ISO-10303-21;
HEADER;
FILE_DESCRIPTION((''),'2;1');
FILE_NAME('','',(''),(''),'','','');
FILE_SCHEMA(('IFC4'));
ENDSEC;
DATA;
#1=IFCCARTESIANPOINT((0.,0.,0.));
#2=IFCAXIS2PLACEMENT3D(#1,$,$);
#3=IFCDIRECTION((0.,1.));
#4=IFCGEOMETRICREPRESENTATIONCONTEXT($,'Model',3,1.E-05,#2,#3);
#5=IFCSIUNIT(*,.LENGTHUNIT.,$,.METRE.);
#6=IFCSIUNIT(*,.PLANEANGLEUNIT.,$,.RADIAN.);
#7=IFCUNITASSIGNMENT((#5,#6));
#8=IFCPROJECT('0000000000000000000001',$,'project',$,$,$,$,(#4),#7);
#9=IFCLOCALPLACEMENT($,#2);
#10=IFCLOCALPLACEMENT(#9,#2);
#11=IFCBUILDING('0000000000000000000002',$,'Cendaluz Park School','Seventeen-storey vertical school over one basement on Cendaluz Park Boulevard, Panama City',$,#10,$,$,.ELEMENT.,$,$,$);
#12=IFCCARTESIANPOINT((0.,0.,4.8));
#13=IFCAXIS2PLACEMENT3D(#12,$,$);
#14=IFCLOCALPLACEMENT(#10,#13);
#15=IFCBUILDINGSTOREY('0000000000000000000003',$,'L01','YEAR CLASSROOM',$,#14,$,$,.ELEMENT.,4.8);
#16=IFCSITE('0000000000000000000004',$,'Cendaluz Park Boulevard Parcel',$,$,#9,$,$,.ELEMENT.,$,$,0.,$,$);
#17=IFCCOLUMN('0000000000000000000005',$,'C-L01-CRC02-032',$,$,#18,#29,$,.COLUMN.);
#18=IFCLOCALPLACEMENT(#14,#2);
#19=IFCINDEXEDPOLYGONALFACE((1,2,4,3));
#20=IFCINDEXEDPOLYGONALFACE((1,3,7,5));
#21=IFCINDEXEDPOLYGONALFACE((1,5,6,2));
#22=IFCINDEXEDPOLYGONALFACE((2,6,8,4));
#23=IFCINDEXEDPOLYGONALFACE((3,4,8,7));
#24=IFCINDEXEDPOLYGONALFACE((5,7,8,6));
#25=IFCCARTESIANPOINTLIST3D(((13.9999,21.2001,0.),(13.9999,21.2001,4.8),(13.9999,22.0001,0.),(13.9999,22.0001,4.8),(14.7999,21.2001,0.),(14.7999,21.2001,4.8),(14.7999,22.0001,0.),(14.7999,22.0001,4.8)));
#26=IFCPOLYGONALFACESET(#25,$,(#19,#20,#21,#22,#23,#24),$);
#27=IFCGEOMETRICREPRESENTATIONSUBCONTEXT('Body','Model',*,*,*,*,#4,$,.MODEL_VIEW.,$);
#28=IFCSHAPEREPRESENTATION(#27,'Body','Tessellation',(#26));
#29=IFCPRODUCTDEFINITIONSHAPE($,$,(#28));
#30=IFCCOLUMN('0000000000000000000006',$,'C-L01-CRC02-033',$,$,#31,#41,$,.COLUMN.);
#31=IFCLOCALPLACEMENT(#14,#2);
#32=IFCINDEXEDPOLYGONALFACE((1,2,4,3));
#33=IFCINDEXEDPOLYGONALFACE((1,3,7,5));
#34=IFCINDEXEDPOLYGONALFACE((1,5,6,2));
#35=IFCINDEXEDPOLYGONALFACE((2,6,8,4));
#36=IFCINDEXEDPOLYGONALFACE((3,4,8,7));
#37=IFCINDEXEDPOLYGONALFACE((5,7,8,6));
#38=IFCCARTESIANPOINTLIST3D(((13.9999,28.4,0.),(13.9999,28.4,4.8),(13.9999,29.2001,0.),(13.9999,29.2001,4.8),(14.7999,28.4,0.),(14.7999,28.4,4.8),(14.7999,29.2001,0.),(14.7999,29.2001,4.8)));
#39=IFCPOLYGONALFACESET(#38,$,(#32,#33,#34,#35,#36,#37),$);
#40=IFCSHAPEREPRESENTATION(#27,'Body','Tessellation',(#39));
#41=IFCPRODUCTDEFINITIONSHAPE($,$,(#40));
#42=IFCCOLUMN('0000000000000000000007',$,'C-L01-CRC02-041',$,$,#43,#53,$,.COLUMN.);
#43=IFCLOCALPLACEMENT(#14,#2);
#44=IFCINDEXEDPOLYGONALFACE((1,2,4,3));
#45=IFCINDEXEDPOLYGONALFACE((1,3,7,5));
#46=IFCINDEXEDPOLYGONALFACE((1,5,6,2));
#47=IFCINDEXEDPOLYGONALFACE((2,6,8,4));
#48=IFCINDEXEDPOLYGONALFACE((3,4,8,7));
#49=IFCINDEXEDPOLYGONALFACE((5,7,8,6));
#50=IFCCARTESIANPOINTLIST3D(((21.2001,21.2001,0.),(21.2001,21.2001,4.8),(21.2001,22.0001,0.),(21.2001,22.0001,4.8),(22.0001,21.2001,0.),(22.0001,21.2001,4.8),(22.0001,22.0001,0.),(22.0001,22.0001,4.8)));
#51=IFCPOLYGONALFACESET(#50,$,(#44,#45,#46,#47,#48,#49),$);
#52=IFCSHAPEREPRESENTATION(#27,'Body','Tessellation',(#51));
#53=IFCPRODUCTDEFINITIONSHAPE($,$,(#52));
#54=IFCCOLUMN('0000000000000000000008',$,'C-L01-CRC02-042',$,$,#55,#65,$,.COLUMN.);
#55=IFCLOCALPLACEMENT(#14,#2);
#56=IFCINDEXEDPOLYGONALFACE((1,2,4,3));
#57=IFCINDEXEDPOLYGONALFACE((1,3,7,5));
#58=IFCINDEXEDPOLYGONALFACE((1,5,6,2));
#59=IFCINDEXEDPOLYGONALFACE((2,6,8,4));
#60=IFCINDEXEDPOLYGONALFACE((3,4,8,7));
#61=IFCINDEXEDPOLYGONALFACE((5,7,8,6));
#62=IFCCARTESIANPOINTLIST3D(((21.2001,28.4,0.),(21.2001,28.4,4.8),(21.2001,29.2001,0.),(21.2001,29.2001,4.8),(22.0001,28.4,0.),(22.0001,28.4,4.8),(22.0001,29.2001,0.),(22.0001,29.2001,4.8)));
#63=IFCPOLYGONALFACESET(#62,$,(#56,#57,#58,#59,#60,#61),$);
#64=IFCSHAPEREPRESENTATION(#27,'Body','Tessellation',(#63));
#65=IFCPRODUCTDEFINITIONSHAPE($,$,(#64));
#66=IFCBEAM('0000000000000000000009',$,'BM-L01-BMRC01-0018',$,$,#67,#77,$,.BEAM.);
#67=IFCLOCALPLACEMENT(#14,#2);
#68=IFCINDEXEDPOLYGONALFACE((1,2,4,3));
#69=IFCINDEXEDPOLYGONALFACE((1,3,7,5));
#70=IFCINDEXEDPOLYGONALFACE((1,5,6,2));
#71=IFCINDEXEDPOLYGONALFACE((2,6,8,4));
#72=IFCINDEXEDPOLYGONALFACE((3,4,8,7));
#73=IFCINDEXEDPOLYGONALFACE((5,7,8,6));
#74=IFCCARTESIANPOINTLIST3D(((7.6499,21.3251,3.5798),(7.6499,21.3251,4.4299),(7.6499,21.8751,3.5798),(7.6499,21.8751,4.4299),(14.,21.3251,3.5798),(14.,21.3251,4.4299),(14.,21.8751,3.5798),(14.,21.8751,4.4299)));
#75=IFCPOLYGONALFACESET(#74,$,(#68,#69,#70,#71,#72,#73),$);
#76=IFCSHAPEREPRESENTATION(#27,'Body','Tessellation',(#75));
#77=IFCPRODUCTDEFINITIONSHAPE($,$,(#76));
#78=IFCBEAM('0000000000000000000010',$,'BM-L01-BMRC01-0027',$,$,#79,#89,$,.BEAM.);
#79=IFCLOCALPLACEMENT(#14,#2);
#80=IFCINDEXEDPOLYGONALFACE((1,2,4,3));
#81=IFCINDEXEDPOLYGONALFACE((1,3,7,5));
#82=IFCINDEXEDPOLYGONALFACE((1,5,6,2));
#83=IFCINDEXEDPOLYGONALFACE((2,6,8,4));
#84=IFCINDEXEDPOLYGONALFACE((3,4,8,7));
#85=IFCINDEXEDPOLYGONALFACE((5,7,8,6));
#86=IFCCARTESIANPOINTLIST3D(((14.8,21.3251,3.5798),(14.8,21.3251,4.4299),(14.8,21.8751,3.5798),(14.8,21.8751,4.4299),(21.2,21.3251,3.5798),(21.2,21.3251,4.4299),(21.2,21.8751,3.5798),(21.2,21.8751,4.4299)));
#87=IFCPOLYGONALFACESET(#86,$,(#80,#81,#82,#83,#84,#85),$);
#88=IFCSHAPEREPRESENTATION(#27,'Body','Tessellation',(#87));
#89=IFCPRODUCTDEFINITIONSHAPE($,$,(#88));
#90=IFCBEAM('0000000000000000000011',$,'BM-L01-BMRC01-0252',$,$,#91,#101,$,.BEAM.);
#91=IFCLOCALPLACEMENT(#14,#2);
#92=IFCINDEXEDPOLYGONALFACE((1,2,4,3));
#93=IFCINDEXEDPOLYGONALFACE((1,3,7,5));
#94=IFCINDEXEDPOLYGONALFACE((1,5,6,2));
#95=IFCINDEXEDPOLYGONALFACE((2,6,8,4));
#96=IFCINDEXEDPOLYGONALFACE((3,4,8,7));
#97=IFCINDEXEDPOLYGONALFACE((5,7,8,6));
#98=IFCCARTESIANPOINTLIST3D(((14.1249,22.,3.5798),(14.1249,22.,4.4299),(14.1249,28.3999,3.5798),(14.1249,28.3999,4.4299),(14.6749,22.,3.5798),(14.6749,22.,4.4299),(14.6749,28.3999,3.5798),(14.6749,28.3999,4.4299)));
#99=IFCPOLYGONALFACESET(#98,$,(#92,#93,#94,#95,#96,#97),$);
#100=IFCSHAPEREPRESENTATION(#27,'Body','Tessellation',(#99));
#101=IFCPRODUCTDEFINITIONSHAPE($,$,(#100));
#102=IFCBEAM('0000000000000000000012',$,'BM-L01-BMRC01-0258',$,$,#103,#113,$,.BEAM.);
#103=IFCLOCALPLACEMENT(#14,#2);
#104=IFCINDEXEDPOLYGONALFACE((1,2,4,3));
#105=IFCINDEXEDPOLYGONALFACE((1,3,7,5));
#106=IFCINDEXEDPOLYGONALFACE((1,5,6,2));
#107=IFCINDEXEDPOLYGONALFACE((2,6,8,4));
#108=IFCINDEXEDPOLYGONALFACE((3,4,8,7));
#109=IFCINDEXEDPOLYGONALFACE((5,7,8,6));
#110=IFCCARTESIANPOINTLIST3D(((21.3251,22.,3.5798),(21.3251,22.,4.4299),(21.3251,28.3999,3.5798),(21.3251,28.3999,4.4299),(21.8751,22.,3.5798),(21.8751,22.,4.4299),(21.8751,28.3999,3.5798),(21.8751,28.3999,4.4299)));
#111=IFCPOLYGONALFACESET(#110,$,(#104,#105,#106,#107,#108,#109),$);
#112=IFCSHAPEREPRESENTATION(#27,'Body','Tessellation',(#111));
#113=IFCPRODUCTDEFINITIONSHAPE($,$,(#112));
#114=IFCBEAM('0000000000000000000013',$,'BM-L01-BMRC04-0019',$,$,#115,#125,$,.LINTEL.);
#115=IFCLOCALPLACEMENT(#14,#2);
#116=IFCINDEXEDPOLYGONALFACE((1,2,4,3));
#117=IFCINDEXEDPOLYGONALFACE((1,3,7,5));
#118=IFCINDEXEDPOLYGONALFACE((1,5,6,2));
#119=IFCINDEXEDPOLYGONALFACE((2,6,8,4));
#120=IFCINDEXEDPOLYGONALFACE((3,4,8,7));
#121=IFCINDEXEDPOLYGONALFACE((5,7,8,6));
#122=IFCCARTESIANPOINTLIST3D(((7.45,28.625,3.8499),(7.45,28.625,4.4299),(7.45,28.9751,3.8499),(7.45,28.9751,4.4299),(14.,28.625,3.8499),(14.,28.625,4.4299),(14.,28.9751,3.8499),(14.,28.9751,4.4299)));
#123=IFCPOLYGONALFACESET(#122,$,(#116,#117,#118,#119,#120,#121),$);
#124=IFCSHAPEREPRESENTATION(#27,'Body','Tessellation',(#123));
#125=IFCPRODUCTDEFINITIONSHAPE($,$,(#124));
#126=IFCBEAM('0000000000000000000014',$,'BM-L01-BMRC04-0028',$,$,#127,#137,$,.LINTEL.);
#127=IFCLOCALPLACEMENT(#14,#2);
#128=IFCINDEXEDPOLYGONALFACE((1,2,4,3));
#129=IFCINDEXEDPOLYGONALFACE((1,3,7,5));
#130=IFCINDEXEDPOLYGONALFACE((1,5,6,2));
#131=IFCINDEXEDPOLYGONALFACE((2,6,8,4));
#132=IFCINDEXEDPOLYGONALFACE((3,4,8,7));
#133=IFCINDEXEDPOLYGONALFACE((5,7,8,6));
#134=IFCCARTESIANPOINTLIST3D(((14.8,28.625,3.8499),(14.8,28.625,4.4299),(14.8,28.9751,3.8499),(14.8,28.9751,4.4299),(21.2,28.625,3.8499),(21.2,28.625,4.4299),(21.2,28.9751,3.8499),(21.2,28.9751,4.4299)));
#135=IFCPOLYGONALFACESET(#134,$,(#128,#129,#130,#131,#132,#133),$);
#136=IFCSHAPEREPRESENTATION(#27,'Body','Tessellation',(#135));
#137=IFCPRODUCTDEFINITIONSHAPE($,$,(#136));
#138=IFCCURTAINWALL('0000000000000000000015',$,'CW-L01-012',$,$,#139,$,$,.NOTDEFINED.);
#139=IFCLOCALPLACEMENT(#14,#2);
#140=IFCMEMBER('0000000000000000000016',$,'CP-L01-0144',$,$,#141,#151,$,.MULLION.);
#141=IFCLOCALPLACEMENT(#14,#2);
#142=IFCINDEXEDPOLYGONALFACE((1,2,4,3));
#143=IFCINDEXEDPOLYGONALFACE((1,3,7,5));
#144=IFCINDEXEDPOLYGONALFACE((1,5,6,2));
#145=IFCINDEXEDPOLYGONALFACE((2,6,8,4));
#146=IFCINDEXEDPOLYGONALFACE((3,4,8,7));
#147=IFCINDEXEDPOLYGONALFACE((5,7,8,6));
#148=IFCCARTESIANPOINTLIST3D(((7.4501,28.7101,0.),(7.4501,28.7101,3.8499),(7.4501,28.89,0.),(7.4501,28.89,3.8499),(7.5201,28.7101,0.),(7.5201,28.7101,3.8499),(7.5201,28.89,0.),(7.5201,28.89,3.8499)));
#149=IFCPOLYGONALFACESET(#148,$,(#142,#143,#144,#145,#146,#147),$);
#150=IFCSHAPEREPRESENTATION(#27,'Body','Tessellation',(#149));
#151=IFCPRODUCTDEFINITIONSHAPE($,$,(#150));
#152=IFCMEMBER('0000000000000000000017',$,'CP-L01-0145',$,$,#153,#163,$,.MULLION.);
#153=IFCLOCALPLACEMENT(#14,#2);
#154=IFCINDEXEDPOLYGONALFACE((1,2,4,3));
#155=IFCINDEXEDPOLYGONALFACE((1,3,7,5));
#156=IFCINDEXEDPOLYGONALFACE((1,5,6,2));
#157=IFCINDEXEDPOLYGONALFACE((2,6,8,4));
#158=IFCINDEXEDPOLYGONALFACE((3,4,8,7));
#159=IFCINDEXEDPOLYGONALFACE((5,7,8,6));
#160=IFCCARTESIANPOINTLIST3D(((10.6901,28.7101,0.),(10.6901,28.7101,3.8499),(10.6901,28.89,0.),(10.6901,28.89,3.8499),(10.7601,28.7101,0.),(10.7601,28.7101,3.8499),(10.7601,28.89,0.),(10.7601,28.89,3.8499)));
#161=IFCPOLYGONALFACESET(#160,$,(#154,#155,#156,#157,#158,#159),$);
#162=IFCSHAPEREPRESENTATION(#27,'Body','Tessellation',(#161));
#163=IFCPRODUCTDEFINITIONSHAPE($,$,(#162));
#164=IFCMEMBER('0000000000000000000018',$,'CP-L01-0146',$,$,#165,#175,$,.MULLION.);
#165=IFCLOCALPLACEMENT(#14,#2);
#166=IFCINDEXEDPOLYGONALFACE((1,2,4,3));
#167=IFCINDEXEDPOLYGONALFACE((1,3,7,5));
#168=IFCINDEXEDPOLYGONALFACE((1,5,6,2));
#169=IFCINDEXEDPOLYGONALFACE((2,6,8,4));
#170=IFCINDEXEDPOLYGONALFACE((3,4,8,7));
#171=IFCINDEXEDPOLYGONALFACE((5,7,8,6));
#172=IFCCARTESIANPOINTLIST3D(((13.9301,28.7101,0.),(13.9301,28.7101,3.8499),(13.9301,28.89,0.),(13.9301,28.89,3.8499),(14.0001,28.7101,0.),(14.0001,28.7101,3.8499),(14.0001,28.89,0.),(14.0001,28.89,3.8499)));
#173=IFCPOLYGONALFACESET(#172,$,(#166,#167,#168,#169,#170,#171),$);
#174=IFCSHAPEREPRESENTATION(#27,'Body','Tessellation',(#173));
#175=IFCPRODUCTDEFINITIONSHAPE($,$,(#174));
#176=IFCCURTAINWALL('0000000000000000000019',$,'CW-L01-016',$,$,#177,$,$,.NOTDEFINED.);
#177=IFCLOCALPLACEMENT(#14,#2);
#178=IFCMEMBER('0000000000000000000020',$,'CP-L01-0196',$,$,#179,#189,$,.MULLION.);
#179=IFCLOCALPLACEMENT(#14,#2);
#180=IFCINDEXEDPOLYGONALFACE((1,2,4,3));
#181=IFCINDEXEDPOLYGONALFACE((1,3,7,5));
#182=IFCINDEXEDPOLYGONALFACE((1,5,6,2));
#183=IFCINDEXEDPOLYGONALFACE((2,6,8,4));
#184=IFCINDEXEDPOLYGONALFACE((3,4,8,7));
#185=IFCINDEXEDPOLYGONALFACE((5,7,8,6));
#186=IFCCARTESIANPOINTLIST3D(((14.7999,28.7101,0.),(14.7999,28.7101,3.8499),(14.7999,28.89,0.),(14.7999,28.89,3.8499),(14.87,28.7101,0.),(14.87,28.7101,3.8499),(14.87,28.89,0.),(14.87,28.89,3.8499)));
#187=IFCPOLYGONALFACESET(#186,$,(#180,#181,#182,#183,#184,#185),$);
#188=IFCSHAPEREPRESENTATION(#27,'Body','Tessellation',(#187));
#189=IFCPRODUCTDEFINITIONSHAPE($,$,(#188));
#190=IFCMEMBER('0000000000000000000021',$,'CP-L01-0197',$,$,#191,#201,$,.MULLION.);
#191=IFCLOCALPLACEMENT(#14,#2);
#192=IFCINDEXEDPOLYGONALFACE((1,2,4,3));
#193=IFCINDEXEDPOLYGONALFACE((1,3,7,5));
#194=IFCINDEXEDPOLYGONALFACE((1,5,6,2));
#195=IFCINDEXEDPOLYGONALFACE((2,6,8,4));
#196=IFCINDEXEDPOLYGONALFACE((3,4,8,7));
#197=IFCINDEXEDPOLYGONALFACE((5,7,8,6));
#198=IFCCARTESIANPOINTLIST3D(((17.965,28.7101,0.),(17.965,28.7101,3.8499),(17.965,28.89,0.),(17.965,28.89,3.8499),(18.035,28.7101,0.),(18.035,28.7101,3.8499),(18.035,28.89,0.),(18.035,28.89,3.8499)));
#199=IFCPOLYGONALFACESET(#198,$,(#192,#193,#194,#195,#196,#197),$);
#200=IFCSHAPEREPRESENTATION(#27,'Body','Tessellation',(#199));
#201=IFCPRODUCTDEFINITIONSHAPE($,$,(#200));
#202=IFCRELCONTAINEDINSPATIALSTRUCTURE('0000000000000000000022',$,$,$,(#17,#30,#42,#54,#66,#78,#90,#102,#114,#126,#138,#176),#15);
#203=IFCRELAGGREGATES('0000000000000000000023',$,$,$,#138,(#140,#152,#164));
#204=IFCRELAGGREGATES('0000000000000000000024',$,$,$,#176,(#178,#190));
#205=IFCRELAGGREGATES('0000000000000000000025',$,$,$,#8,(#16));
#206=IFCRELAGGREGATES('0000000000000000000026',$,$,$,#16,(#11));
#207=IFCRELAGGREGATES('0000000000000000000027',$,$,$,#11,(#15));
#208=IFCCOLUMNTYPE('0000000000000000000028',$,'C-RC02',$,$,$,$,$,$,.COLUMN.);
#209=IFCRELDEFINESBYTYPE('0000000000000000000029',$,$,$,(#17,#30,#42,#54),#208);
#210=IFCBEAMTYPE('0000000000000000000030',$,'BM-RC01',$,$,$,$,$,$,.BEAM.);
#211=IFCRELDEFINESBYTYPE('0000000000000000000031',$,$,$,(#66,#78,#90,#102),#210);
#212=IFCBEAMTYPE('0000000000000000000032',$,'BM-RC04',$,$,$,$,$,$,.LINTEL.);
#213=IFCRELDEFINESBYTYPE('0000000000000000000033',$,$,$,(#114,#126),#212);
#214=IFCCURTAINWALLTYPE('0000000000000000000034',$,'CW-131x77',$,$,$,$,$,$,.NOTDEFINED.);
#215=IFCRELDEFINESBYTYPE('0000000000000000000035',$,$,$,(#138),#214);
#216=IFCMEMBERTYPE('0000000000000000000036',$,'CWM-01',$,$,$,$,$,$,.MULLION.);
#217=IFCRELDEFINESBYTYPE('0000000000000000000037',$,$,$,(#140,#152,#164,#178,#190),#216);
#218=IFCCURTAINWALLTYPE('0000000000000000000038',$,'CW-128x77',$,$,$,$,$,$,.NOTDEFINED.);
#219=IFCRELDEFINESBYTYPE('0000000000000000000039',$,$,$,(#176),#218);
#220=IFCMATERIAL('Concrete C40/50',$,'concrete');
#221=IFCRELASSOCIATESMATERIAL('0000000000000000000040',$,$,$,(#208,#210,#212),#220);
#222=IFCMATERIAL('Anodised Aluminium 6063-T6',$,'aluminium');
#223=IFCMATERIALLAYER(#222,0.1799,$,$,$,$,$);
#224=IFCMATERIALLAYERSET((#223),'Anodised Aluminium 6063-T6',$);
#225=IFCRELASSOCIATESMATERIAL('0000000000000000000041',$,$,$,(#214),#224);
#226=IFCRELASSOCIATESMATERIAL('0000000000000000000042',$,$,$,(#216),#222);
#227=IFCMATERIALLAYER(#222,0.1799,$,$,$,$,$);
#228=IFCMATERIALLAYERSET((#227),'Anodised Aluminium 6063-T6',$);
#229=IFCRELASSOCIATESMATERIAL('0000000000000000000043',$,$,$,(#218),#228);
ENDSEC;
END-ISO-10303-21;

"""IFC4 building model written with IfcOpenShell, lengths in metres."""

from ifc_helpers import new_model, si_unit, direction, frame, origin, origin_2d, place, context, subcontext, project, spatial, rectangle, extrude, material, layer, layer_set, material_profile, profile_set, type_object, element, aggregate, save


model = new_model("IFC4")

# Units and contexts
model_context = context("Model", 3, precision=1e-05, world=origin(), true_north=direction((0.0, 1.0)))
body_context = subcontext(model_context, "Body", "Model", "MODEL_VIEW")
ifc_project = project(units=[si_unit("LENGTHUNIT", "METRE"), si_unit("PLANEANGLEUNIT", "RADIAN")], contexts=[model_context])

# Site, building, storey
site_placement = place(None, origin())
site = spatial("IfcSite", under=ifc_project, at=site_placement, Name="Cendaluz Park Boulevard Parcel", CompositionType="ELEMENT", RefElevation=0.0)
building_placement = place(site_placement, origin())
building = spatial("IfcBuilding", under=site, at=building_placement, Name="Cendaluz Park School", Description="Seventeen-storey vertical school over one basement on Cendaluz Park Boulevard, Panama City", CompositionType="ELEMENT")
storey_placement = place(building_placement, frame((0.0, 0.0, 4.8)))
storey = spatial("IfcBuildingStorey", under=building, at=storey_placement, Name="L01", Description="YEAR CLASSROOM", CompositionType="ELEMENT", Elevation=4.8)

# Columns
ifc_material_1 = material(Name="Concrete C40/50", Category="concrete")
ifc_material_profile_1 = material_profile(ifc_material_1, rectangle(XDim=0.8, YDim=0.8, at=origin_2d()), Name="RC 800x800", Category="concrete")
ifc_profile_set_1 = profile_set([ifc_material_profile_1], Name="Concrete C40/50")
column_type = type_object("IfcColumnType", Name="C-RC02", PredefinedType="COLUMN", material=ifc_profile_set_1)
for number, where, z_axis, x_axis, name in (
    (1, (14.3999, 21.6001, 0.0), (0.0, 0.0, 1.0), (1.0, 0.0, 0.0), "C-L01-CRC02-032"),
    (2, (14.3999, 28.8, 0.0), (0.0, 0.0, 1.0), (1.0, 0.0, 0.0), "C-L01-CRC02-033"),
    (3, (21.6001, 21.6001, 0.0), (0.0, 0.0, 1.0), (1.0, 0.0, 0.0), "C-L01-CRC02-041"),
    (4, (21.6001, 28.8, 0.0), (0.0, 0.0, 1.0), (1.0, 0.0, 0.0), "C-L01-CRC02-042"),
):
    element("IfcColumn", number, at=place(storey_placement, frame(where, z_axis=z_axis, x_axis=x_axis)), inside=storey, type_object=column_type, Name=name, PredefinedType="COLUMN", context=body_context, shape_type="SweptSolid", body=[
        extrude(rectangle(XDim=0.8, YDim=0.8, at=origin_2d()), origin(), (0.0, 0.0, 1.0), 4.8),
    ])

# Beams
ifc_material_profile_2 = material_profile(ifc_material_1, rectangle(XDim=0.55, YDim=0.8501, at=origin_2d()), Name="RC 550x850", Category="concrete")
ifc_profile_set_2 = profile_set([ifc_material_profile_2], Name="Concrete C40/50")
beam_type_1 = type_object("IfcBeamType", Name="BM-RC01", PredefinedType="BEAM", material=ifc_profile_set_2)
beam_1_placement = place(storey_placement, frame((7.6499, 21.6001, 4.0049), z_axis=(1.0, 0.0, 0.0), x_axis=(0.0, 1.0, 0.0)))
element("IfcBeam", 5, at=beam_1_placement, inside=storey, type_object=beam_type_1, Name="BM-L01-BMRC01-0018", PredefinedType="BEAM", context=body_context, shape_type="SweptSolid", body=[
    extrude(rectangle(XDim=0.55, YDim=0.8501, at=origin_2d()), origin(), (0.0, 0.0, 1.0), 6.3501),
])
for number, where, z_axis, x_axis, name in (
    (6, (14.8, 21.6001, 4.0049), (1.0, 0.0, 0.0), (0.0, 1.0, 0.0), "BM-L01-BMRC01-0027"),
    (7, (14.3999, 22.0, 4.0049), (0.0, 1.0, 0.0), (-1.0, 0.0, 0.0), "BM-L01-BMRC01-0252"),
    (8, (21.6001, 22.0, 4.0049), (0.0, 1.0, 0.0), (-1.0, 0.0, 0.0), "BM-L01-BMRC01-0258"),
):
    element("IfcBeam", number, at=place(storey_placement, frame(where, z_axis=z_axis, x_axis=x_axis)), inside=storey, type_object=beam_type_1, Name=name, PredefinedType="BEAM", context=body_context, shape_type="SweptSolid", body=[
        extrude(rectangle(XDim=0.55, YDim=0.8501, at=origin_2d()), origin(), (0.0, 0.0, 1.0), 6.3999),
    ])
ifc_material_profile_3 = material_profile(ifc_material_1, rectangle(XDim=0.3501, YDim=0.5801, at=origin_2d()), Name="RC 350x580", Category="concrete")
ifc_profile_set_3 = profile_set([ifc_material_profile_3], Name="Concrete C40/50")
beam_type_2 = type_object("IfcBeamType", Name="BM-RC04", PredefinedType="LINTEL", material=ifc_profile_set_3)
beam_2_placement = place(storey_placement, frame((7.45, 28.8, 4.1399), z_axis=(1.0, 0.0, 0.0), x_axis=(0.0, 1.0, 0.0)))
element("IfcBeam", 9, at=beam_2_placement, inside=storey, type_object=beam_type_2, Name="BM-L01-BMRC04-0019", PredefinedType="LINTEL", context=body_context, shape_type="SweptSolid", body=[
    extrude(rectangle(XDim=0.3501, YDim=0.5801, at=origin_2d()), origin(), (0.0, 0.0, 1.0), 6.55),
])
beam_3_placement = place(storey_placement, frame((14.8, 28.8, 4.1399), z_axis=(1.0, 0.0, 0.0), x_axis=(0.0, 1.0, 0.0)))
element("IfcBeam", 10, at=beam_3_placement, inside=storey, type_object=beam_type_2, Name="BM-L01-BMRC04-0028", PredefinedType="LINTEL", context=body_context, shape_type="SweptSolid", body=[
    extrude(rectangle(XDim=0.3501, YDim=0.5801, at=origin_2d()), origin(), (0.0, 0.0, 1.0), 6.3999),
])

# Curtain walls, members
ifc_material_2 = material(Name="Anodised Aluminium 6063-T6", Category="aluminium")
ifc_layer_1 = layer(ifc_material_2, 0.1799)
ifc_layer_set_1 = layer_set([ifc_layer_1], Name="Anodised Aluminium 6063-T6")
curtain_wall_type_1 = type_object("IfcCurtainWallType", Name="CW-131x77", PredefinedType="NOTDEFINED", material=ifc_layer_set_1)
curtain_wall_1_placement = place(storey_placement, origin())
curtain_wall_1 = element("IfcCurtainWall", 11, at=curtain_wall_1_placement, inside=storey, type_object=curtain_wall_type_1, Name="CW-L01-012", PredefinedType="NOTDEFINED")
ifc_material_profile_4 = material_profile(ifc_material_2, rectangle(XDim=0.1799, YDim=0.0701, at=origin_2d()), Name="CWM 180x70", Category="aluminium")
ifc_profile_set_4 = profile_set([ifc_material_profile_4], Name="Anodised Aluminium 6063-T6")
member_type_1 = type_object("IfcMemberType", Name="CWM-01", PredefinedType="MULLION", material=ifc_profile_set_4)
member_1_placement = place(storey_placement, frame((7.4851, 28.8, 0.0), z_axis=(0.0, 0.0, 1.0), x_axis=(0.0, 1.0, 0.0)))
member_1 = element("IfcMember", 12, at=member_1_placement, type_object=member_type_1, Name="CP-L01-0144", PredefinedType="MULLION", context=body_context, shape_type="SweptSolid", body=[
    extrude(rectangle(XDim=0.1799, YDim=0.0701, at=origin_2d()), origin(), (0.0, 0.0, 1.0), 3.8499),
])
member_2_placement = place(storey_placement, frame((10.7251, 28.8, 0.0), z_axis=(0.0, 0.0, 1.0), x_axis=(0.0, 1.0, 0.0)))
member_2 = element("IfcMember", 13, at=member_2_placement, type_object=member_type_1, Name="CP-L01-0145", PredefinedType="MULLION", context=body_context, shape_type="SweptSolid", body=[
    extrude(rectangle(XDim=0.1799, YDim=0.0701, at=origin_2d()), origin(), (0.0, 0.0, 1.0), 3.8499),
])
member_3_placement = place(storey_placement, frame((13.9651, 28.8, 0.0), z_axis=(0.0, 0.0, 1.0), x_axis=(0.0, 1.0, 0.0)))
member_3 = element("IfcMember", 14, at=member_3_placement, type_object=member_type_1, Name="CP-L01-0146", PredefinedType="MULLION", context=body_context, shape_type="SweptSolid", body=[
    extrude(rectangle(XDim=0.1799, YDim=0.0701, at=origin_2d()), origin(), (0.0, 0.0, 1.0), 3.8499),
])
ifc_layer_2 = layer(ifc_material_2, 0.1799)
ifc_layer_set_2 = layer_set([ifc_layer_2], Name="Anodised Aluminium 6063-T6")
curtain_wall_type_2 = type_object("IfcCurtainWallType", Name="CW-128x77", PredefinedType="NOTDEFINED", material=ifc_layer_set_2)
curtain_wall_2_placement = place(storey_placement, origin())
curtain_wall_2 = element("IfcCurtainWall", 15, at=curtain_wall_2_placement, inside=storey, type_object=curtain_wall_type_2, Name="CW-L01-016", PredefinedType="NOTDEFINED")
member_4_placement = place(storey_placement, frame((14.835, 28.8, 0.0), z_axis=(0.0, 0.0, 1.0), x_axis=(0.0, 1.0, 0.0)))
member_4 = element("IfcMember", 16, at=member_4_placement, type_object=member_type_1, Name="CP-L01-0196", PredefinedType="MULLION", context=body_context, shape_type="SweptSolid", body=[
    extrude(rectangle(XDim=0.1799, YDim=0.0701, at=origin_2d()), origin(), (0.0, 0.0, 1.0), 3.8499),
])
member_5_placement = place(storey_placement, frame((18.0, 28.8, 0.0), z_axis=(0.0, 0.0, 1.0), x_axis=(0.0, 1.0, 0.0)))
member_5 = element("IfcMember", 17, at=member_5_placement, type_object=member_type_1, Name="CP-L01-0197", PredefinedType="MULLION", context=body_context, shape_type="SweptSolid", body=[
    extrude(rectangle(XDim=0.1799, YDim=0.0701, at=origin_2d()), origin(), (0.0, 0.0, 1.0), 3.8499),
])

aggregate(curtain_wall_1, [member_1, member_2, member_3])
aggregate(curtain_wall_2, [member_4, member_5])

save(model, "model.ifc")
